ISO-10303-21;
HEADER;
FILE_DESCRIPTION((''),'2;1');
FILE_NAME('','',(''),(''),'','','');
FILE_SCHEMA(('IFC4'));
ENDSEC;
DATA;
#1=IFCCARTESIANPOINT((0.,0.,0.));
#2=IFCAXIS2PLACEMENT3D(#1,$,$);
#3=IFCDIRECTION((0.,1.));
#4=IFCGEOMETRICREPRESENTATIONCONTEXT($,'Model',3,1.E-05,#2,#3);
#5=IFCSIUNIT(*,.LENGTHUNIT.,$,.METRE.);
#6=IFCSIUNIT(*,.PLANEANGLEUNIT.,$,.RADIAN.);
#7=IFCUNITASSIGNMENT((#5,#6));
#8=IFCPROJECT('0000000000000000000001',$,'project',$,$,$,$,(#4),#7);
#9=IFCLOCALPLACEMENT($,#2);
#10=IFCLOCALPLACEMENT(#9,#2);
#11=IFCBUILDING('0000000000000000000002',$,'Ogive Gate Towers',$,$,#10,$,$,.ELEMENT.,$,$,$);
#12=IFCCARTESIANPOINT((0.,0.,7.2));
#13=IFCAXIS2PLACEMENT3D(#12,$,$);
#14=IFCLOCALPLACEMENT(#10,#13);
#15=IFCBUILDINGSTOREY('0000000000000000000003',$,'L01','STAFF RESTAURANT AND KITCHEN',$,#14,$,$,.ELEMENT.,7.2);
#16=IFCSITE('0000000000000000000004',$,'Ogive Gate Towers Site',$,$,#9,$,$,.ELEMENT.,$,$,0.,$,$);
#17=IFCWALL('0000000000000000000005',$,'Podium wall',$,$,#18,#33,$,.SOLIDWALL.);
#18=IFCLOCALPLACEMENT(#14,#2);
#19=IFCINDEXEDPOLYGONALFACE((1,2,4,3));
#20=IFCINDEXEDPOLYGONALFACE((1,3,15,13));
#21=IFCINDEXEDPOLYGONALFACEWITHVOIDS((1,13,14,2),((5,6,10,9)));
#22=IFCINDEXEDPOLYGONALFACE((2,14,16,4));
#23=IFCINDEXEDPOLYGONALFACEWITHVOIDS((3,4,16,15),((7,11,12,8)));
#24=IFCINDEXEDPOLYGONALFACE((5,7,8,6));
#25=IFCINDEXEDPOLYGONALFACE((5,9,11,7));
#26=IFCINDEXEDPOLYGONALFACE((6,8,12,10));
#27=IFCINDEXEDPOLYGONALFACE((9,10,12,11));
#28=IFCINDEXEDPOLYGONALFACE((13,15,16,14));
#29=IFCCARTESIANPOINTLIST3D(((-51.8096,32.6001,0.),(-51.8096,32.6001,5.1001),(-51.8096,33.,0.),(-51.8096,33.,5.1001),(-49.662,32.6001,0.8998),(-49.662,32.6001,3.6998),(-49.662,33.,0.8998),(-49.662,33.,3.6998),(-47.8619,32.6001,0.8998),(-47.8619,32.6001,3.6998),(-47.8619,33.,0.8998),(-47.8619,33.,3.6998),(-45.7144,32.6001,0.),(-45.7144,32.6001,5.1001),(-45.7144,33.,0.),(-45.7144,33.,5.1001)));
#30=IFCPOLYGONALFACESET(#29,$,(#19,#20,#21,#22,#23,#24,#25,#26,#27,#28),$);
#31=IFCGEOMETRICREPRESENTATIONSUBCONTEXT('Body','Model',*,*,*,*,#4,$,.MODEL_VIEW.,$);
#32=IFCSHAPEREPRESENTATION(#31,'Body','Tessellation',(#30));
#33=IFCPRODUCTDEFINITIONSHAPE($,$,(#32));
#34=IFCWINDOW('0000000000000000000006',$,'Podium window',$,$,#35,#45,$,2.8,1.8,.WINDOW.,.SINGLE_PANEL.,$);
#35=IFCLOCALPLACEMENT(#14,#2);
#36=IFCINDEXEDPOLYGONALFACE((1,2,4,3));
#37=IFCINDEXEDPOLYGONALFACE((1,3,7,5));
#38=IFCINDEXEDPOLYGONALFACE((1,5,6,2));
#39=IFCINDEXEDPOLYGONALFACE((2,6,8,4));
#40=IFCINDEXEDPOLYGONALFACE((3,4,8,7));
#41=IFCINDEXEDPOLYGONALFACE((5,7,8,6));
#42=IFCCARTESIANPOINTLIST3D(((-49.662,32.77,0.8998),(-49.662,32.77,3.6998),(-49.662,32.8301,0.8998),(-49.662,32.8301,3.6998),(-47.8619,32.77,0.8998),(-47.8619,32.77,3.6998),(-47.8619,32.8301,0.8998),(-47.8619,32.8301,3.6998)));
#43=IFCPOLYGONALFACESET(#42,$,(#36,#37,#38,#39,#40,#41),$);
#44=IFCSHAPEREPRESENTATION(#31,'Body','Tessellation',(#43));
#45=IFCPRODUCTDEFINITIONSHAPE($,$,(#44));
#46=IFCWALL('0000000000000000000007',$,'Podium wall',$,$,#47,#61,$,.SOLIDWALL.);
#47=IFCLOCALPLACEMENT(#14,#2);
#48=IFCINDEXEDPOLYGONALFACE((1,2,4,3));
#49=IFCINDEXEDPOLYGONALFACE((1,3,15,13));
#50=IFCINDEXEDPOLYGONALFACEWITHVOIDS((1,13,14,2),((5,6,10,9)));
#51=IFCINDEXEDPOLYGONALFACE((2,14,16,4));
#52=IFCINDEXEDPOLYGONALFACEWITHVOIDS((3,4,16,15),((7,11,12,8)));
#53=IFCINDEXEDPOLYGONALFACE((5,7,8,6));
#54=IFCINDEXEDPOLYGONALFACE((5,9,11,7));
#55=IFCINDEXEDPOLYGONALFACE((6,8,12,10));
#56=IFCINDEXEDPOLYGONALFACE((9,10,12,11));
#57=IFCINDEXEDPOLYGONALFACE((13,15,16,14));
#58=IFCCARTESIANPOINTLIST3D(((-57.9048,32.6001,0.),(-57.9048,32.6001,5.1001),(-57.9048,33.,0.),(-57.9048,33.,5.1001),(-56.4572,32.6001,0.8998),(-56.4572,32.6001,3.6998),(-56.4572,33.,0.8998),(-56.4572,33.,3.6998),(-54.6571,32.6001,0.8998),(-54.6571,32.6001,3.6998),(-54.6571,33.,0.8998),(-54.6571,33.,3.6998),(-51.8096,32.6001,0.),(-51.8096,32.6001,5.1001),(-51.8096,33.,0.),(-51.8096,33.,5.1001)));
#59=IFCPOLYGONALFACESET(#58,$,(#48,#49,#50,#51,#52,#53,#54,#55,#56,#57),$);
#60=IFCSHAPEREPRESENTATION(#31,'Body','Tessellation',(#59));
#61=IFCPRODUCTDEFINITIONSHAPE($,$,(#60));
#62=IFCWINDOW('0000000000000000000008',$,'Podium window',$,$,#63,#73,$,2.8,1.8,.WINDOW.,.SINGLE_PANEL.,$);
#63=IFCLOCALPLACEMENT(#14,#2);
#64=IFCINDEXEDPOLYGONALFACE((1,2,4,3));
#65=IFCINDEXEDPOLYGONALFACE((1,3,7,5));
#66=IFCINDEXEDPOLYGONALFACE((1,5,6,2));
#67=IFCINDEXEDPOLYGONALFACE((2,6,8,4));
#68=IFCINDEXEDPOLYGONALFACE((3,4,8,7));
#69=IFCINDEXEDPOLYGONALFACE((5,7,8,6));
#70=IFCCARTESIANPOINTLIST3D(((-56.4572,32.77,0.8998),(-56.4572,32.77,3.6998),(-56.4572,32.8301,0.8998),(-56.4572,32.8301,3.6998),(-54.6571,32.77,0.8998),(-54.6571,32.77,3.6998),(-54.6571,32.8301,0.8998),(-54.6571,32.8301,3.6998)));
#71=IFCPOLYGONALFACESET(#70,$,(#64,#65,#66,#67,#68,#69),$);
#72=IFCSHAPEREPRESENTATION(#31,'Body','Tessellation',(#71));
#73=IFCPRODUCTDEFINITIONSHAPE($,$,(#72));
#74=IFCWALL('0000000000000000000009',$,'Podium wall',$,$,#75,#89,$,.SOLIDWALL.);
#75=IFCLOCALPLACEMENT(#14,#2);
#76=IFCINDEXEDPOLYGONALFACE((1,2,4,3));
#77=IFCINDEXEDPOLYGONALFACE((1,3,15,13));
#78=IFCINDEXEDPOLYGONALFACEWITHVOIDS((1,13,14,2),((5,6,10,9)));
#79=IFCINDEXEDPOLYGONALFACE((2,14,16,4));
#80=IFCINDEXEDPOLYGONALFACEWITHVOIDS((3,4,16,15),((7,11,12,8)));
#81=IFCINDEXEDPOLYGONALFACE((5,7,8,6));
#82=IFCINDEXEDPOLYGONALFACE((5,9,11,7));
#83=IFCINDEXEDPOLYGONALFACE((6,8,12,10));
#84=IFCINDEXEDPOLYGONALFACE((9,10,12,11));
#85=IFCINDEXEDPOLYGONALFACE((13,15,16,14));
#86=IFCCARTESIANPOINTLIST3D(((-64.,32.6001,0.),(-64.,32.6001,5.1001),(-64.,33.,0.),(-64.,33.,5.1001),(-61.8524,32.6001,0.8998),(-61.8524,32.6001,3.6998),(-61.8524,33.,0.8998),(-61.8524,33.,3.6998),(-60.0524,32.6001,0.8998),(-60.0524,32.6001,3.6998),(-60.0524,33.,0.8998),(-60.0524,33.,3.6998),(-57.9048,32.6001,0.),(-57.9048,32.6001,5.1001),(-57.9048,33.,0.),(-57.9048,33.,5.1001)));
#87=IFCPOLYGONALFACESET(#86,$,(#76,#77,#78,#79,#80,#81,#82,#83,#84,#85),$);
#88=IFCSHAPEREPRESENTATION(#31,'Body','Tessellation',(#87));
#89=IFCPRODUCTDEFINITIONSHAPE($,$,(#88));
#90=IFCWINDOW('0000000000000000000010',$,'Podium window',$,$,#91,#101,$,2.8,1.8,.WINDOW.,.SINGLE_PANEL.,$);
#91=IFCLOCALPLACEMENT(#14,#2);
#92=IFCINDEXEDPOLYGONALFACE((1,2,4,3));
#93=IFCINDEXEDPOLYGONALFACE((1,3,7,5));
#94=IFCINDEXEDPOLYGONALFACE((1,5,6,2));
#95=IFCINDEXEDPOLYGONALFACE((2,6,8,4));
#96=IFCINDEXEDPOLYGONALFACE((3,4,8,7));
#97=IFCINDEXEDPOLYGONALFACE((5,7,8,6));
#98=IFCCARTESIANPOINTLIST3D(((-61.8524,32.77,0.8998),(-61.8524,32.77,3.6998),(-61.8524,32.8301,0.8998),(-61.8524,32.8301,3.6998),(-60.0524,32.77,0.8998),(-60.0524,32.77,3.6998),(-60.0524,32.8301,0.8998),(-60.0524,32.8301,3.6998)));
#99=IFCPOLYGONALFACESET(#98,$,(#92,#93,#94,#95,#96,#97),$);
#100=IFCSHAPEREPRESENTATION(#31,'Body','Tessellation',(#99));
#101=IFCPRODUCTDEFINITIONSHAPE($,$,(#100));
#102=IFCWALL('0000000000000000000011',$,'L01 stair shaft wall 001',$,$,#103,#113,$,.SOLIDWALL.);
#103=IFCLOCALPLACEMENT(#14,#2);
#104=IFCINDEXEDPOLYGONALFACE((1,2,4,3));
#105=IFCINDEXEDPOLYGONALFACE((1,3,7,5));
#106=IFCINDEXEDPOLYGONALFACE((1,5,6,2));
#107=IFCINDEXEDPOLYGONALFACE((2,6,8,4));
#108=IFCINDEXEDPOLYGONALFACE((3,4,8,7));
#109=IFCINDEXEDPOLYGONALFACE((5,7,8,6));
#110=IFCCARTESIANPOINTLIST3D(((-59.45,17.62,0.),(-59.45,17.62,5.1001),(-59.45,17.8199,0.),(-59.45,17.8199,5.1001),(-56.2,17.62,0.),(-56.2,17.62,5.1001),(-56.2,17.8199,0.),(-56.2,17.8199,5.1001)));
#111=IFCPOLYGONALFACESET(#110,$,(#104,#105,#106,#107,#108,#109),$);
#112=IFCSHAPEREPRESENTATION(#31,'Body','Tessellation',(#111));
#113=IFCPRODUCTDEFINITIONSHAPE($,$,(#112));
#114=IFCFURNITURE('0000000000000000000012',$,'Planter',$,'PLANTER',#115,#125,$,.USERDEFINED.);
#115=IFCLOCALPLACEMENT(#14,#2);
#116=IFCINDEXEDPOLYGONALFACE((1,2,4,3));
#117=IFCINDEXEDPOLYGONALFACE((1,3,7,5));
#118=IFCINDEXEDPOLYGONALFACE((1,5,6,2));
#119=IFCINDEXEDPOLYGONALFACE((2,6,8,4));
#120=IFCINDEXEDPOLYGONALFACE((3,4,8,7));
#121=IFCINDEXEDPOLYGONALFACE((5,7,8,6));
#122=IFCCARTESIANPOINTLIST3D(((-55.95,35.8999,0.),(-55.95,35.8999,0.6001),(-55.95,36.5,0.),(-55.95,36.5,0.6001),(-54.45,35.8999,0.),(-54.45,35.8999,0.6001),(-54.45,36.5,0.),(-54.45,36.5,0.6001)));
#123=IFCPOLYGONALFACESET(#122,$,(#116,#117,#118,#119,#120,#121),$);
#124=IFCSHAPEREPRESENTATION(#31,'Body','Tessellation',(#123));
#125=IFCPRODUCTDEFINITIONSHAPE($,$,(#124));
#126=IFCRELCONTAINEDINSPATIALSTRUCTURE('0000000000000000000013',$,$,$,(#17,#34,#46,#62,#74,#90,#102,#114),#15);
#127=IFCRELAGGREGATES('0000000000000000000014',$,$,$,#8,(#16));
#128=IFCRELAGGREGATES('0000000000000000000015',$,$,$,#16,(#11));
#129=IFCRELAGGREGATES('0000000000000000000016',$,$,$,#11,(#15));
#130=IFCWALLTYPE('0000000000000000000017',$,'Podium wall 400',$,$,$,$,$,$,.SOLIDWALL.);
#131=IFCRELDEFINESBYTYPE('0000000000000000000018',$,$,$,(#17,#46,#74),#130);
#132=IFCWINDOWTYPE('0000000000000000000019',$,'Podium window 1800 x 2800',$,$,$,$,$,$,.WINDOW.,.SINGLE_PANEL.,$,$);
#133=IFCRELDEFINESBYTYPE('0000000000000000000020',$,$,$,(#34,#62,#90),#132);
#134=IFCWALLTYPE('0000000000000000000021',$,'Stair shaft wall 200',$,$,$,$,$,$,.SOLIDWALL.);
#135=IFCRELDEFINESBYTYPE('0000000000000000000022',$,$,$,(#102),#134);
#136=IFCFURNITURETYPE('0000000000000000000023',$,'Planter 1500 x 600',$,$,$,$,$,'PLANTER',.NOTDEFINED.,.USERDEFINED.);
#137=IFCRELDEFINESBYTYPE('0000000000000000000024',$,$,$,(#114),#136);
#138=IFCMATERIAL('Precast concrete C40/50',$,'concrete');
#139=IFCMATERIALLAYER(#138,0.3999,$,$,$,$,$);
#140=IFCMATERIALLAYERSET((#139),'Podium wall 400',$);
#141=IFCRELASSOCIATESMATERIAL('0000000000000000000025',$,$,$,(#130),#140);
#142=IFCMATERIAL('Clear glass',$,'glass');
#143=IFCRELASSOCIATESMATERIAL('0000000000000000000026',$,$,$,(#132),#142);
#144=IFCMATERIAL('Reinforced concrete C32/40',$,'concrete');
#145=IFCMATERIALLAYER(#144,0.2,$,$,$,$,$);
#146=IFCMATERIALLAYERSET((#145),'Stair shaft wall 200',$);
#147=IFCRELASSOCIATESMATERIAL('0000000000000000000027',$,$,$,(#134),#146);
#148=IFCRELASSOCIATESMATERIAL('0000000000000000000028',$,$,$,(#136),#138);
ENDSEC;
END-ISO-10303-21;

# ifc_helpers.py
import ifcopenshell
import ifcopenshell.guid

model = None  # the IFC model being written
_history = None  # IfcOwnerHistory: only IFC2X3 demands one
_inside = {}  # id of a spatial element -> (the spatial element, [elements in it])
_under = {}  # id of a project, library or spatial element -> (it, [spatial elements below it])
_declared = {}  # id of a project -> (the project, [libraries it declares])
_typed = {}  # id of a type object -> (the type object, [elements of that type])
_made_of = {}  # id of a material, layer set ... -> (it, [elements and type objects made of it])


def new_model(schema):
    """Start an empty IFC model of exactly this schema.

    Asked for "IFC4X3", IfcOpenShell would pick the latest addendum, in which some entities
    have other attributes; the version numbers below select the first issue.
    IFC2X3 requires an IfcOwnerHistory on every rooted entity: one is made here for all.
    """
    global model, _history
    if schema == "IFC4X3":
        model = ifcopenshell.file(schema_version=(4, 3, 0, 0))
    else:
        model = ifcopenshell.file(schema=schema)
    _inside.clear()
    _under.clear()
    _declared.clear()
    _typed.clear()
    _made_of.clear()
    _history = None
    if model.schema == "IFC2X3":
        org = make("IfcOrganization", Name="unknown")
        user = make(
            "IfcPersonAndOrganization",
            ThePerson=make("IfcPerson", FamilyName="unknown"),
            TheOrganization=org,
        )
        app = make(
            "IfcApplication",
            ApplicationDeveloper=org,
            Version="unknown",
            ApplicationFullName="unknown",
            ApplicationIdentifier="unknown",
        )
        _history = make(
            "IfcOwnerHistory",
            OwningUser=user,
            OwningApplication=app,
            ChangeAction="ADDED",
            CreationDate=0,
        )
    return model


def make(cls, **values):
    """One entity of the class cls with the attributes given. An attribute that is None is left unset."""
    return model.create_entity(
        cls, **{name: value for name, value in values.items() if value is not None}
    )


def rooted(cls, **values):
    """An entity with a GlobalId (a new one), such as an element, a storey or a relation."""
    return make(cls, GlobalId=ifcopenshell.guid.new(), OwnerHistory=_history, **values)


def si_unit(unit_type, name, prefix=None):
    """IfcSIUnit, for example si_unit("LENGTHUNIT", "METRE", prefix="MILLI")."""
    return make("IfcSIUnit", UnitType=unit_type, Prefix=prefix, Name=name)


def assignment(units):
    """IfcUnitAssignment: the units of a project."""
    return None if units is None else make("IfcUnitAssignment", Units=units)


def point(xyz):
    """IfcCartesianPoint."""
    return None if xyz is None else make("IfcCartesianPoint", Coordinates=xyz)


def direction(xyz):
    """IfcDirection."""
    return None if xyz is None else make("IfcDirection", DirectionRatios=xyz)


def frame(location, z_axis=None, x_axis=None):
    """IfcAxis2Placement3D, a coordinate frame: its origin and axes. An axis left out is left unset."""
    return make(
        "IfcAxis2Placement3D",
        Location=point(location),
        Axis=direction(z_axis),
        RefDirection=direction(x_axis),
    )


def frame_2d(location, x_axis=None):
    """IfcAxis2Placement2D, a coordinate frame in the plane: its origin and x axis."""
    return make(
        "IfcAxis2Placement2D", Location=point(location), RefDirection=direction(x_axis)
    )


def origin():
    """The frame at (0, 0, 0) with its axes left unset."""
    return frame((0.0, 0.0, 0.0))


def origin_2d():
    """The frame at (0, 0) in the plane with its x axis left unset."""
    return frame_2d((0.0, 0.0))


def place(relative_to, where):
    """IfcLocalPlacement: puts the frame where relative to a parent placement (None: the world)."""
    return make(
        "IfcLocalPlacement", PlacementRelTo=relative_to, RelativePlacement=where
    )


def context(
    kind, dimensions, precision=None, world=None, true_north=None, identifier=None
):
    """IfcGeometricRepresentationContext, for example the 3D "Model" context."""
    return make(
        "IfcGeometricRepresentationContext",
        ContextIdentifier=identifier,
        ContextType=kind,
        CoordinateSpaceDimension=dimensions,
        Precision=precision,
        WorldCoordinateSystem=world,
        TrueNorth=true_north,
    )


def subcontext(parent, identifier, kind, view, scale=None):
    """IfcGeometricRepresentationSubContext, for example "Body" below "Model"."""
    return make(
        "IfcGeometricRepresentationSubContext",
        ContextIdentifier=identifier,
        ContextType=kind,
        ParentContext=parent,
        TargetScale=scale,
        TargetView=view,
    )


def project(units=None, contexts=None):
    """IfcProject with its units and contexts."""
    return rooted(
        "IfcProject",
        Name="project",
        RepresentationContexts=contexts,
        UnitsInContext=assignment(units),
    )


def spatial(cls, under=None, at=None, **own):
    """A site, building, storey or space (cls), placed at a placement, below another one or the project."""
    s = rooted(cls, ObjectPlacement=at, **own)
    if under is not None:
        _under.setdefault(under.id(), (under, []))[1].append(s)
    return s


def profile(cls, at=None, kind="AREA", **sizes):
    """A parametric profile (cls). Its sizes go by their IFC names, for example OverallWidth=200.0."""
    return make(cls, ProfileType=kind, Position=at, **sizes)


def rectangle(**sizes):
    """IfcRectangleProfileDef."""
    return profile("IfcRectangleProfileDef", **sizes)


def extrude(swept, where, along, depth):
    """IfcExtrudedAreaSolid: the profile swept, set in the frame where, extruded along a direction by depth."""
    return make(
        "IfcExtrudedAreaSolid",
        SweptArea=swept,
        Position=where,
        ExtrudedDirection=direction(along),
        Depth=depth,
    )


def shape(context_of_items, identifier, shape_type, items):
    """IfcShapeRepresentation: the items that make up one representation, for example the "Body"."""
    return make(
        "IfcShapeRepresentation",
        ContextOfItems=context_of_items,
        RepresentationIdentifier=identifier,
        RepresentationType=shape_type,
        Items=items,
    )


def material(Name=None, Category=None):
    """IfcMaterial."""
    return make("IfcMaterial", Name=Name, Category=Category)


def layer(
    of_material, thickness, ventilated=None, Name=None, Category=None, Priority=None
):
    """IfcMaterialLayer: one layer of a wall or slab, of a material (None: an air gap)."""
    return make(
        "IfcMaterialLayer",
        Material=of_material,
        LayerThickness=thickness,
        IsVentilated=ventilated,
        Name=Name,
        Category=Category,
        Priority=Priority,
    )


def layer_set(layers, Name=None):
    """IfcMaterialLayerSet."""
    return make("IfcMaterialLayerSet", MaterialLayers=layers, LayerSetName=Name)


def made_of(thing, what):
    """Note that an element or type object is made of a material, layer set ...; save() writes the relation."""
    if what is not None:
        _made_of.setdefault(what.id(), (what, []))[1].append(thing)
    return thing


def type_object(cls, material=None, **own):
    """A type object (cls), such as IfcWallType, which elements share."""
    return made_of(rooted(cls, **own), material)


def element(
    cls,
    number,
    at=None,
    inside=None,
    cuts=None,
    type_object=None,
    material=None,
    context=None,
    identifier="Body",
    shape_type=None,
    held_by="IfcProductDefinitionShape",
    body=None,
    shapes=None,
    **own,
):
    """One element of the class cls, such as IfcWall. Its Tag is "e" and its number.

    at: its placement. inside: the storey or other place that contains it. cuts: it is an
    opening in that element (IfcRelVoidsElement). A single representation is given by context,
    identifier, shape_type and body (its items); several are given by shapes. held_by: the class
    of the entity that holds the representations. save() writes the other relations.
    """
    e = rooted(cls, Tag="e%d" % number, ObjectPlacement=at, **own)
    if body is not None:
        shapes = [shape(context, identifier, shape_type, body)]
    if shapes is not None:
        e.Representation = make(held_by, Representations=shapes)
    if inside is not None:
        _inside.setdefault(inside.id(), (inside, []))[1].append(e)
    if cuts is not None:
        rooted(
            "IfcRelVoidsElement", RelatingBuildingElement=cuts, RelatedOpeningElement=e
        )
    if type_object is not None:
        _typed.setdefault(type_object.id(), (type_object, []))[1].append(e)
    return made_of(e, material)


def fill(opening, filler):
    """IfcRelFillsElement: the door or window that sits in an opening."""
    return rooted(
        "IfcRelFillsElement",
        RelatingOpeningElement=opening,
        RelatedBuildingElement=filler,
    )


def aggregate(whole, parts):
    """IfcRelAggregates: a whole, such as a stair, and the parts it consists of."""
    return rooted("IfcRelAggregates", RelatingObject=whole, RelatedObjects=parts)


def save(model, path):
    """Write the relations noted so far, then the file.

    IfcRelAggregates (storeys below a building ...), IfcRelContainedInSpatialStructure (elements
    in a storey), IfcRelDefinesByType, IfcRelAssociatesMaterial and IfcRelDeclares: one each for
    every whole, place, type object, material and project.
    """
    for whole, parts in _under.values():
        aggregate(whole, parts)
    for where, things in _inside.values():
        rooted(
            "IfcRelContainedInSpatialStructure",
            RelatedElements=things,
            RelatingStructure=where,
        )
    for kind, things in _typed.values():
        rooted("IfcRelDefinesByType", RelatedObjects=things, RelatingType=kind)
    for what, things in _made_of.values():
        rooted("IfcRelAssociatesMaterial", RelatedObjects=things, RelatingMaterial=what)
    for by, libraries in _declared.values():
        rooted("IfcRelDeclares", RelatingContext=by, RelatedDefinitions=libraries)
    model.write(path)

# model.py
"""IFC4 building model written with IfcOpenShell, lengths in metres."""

from ifc_helpers import new_model, si_unit, direction, frame, frame_2d, origin, origin_2d, place, context, subcontext, project, spatial, rectangle, extrude, material, layer, layer_set, type_object, element, fill, save


model = new_model("IFC4")

# Units and contexts
model_context = context("Model", 3, precision=1e-05, world=origin(), true_north=direction((0.0, 1.0)))
body_context = subcontext(model_context, "Body", "Model", "MODEL_VIEW")
ifc_project = project(units=[si_unit("LENGTHUNIT", "METRE"), si_unit("PLANEANGLEUNIT", "RADIAN")], contexts=[model_context])

# Site, building, storey
site_placement = place(None, origin())
site = spatial("IfcSite", under=ifc_project, at=site_placement, Name="Ogive Gate Towers Site", CompositionType="ELEMENT", RefElevation=0.0)
building_placement = place(site_placement, origin())
building = spatial("IfcBuilding", under=site, at=building_placement, Name="Ogive Gate Towers", CompositionType="ELEMENT")
storey_placement = place(building_placement, frame((0.0, 0.0, 7.2)))
storey = spatial("IfcBuildingStorey", under=building, at=storey_placement, Name="L01", Description="STAFF RESTAURANT AND KITCHEN", CompositionType="ELEMENT", Elevation=7.2)

# Walls, openings, windows
ifc_material_1 = material(Name="Precast concrete C40/50", Category="concrete")
ifc_layer_1 = layer(ifc_material_1, 0.3999)
ifc_layer_set_1 = layer_set([ifc_layer_1], Name="Podium wall 400")
wall_type_1 = type_object("IfcWallType", Name="Podium wall 400", PredefinedType="SOLIDWALL", material=ifc_layer_set_1)
wall_1_placement = place(storey_placement, frame((-45.7144, 32.8, 0.0), z_axis=(0.0, 0.0, 1.0), x_axis=(-1.0, 0.0, 0.0)))
wall_1 = element("IfcWall", 1, at=wall_1_placement, inside=storey, type_object=wall_type_1, Name="Podium wall", PredefinedType="SOLIDWALL", context=body_context, shape_type="SweptSolid", body=[
    extrude(rectangle(XDim=6.0952, YDim=0.3999, at=frame_2d((3.0476, 0.0))), origin(), (0.0, 0.0, 1.0), 5.1001),
])
opening_1_placement = place(wall_1_placement, frame((2.1477, 0.0, 0.8999)))
opening_1 = element("IfcOpeningElement", 2, at=opening_1_placement, cuts=wall_1, PredefinedType="OPENING", context=body_context, shape_type="SweptSolid", body=[
    extrude(rectangle(XDim=1.8, YDim=2.8, at=frame_2d((0.8999, 1.3999))), frame((0.0, 0.21, 0.0), z_axis=(0.0, -1.0, 0.0), x_axis=(1.0, 0.0, 0.0)), (0.0, 0.0, 1.0), 0.4199),
])
ifc_material_2 = material(Name="Clear glass", Category="glass")
window_type = type_object("IfcWindowType", Name="Podium window 1800 x 2800", PartitioningType="SINGLE_PANEL", PredefinedType="WINDOW", material=ifc_material_2)
window_1_placement = place(opening_1_placement, origin())
window_1 = element("IfcWindow", 3, at=window_1_placement, inside=storey, type_object=window_type, Name="Podium window", OverallHeight=2.8, OverallWidth=1.8, PartitioningType="SINGLE_PANEL", PredefinedType="WINDOW", context=body_context, shape_type="SweptSolid", body=[
    extrude(rectangle(XDim=1.8, YDim=2.8, at=frame_2d((0.8999, 1.3999))), frame((0.0, 0.03, 0.0), z_axis=(0.0, -1.0, 0.0), x_axis=(1.0, 0.0, 0.0)), (0.0, 0.0, 1.0), 0.0601),
])
fill(opening_1, window_1)
wall_2_placement = place(storey_placement, frame((-51.8096, 32.8, 0.0), z_axis=(0.0, 0.0, 1.0), x_axis=(-1.0, 0.0, 0.0)))
wall_2 = element("IfcWall", 4, at=wall_2_placement, inside=storey, type_object=wall_type_1, Name="Podium wall", PredefinedType="SOLIDWALL", context=body_context, shape_type="SweptSolid", body=[
    extrude(rectangle(XDim=6.0952, YDim=0.3999, at=frame_2d((3.0476, 0.0))), origin(), (0.0, 0.0, 1.0), 5.1001),
])
opening_2_placement = place(wall_2_placement, frame((2.8477, 0.0, 0.8999)))
opening_2 = element("IfcOpeningElement", 5, at=opening_2_placement, cuts=wall_2, PredefinedType="OPENING", context=body_context, shape_type="SweptSolid", body=[
    extrude(rectangle(XDim=1.8, YDim=2.8, at=frame_2d((0.8999, 1.3999))), frame((0.0, 0.21, 0.0), z_axis=(0.0, -1.0, 0.0), x_axis=(1.0, 0.0, 0.0)), (0.0, 0.0, 1.0), 0.4199),
])
window_2_placement = place(opening_2_placement, origin())
window_2 = element("IfcWindow", 6, at=window_2_placement, inside=storey, type_object=window_type, Name="Podium window", OverallHeight=2.8, OverallWidth=1.8, PartitioningType="SINGLE_PANEL", PredefinedType="WINDOW", context=body_context, shape_type="SweptSolid", body=[
    extrude(rectangle(XDim=1.8, YDim=2.8, at=frame_2d((0.8999, 1.3999))), frame((0.0, 0.03, 0.0), z_axis=(0.0, -1.0, 0.0), x_axis=(1.0, 0.0, 0.0)), (0.0, 0.0, 1.0), 0.0601),
])
fill(opening_2, window_2)
wall_3_placement = place(storey_placement, frame((-57.9048, 32.8, 0.0), z_axis=(0.0, 0.0, 1.0), x_axis=(-1.0, 0.0, 0.0)))
wall_3 = element("IfcWall", 7, at=wall_3_placement, inside=storey, type_object=wall_type_1, Name="Podium wall", PredefinedType="SOLIDWALL", context=body_context, shape_type="SweptSolid", body=[
    extrude(rectangle(XDim=6.0952, YDim=0.3999, at=frame_2d((3.0476, 0.0))), origin(), (0.0, 0.0, 1.0), 5.1001),
])
opening_3_placement = place(wall_3_placement, frame((2.1477, 0.0, 0.8999)))
opening_3 = element("IfcOpeningElement", 8, at=opening_3_placement, cuts=wall_3, PredefinedType="OPENING", context=body_context, shape_type="SweptSolid", body=[
    extrude(rectangle(XDim=1.8, YDim=2.8, at=frame_2d((0.8999, 1.3999))), frame((0.0, 0.21, 0.0), z_axis=(0.0, -1.0, 0.0), x_axis=(1.0, 0.0, 0.0)), (0.0, 0.0, 1.0), 0.4199),
])
window_3_placement = place(opening_3_placement, origin())
window_3 = element("IfcWindow", 9, at=window_3_placement, inside=storey, type_object=window_type, Name="Podium window", OverallHeight=2.8, OverallWidth=1.8, PartitioningType="SINGLE_PANEL", PredefinedType="WINDOW", context=body_context, shape_type="SweptSolid", body=[
    extrude(rectangle(XDim=1.8, YDim=2.8, at=frame_2d((0.8999, 1.3999))), frame((0.0, 0.03, 0.0), z_axis=(0.0, -1.0, 0.0), x_axis=(1.0, 0.0, 0.0)), (0.0, 0.0, 1.0), 0.0601),
])
fill(opening_3, window_3)

# Wall
ifc_material_3 = material(Name="Reinforced concrete C32/40", Category="concrete")
ifc_layer_2 = layer(ifc_material_3, 0.2)
ifc_layer_set_2 = layer_set([ifc_layer_2], Name="Stair shaft wall 200")
wall_type_2 = type_object("IfcWallType", Name="Stair shaft wall 200", PredefinedType="SOLIDWALL", material=ifc_layer_set_2)
wall_4_placement = place(storey_placement, frame((-59.45, 17.72, 0.0), z_axis=(0.0, 0.0, 1.0), x_axis=(1.0, 0.0, 0.0)))
element("IfcWall", 10, at=wall_4_placement, inside=storey, type_object=wall_type_2, Name="L01 stair shaft wall 001", PredefinedType="SOLIDWALL", context=body_context, shape_type="SweptSolid", body=[
    extrude(rectangle(XDim=3.25, YDim=0.2, at=frame_2d((1.625, 0.0))), origin(), (0.0, 0.0, 1.0), 5.1001),
])

# Furniture
furniture_type = type_object("IfcFurnitureType", Name="Planter 1500 x 600", ElementType="PLANTER", AssemblyPlace="NOTDEFINED", PredefinedType="USERDEFINED", material=ifc_material_1)
furniture_placement = place(storey_placement, frame((-55.2, 36.2, 0.0), z_axis=(0.0, 0.0, 1.0), x_axis=(-1.0, 0.0, 0.0)))
element("IfcFurniture", 11, at=furniture_placement, inside=storey, type_object=furniture_type, Name="Planter", ObjectType="PLANTER", PredefinedType="USERDEFINED", context=body_context, shape_type="SweptSolid", body=[
    extrude(rectangle(XDim=1.5, YDim=0.6001, at=origin_2d()), origin(), (0.0, 0.0, 1.0), 0.6001),
])

save(model, "model.ifc")
